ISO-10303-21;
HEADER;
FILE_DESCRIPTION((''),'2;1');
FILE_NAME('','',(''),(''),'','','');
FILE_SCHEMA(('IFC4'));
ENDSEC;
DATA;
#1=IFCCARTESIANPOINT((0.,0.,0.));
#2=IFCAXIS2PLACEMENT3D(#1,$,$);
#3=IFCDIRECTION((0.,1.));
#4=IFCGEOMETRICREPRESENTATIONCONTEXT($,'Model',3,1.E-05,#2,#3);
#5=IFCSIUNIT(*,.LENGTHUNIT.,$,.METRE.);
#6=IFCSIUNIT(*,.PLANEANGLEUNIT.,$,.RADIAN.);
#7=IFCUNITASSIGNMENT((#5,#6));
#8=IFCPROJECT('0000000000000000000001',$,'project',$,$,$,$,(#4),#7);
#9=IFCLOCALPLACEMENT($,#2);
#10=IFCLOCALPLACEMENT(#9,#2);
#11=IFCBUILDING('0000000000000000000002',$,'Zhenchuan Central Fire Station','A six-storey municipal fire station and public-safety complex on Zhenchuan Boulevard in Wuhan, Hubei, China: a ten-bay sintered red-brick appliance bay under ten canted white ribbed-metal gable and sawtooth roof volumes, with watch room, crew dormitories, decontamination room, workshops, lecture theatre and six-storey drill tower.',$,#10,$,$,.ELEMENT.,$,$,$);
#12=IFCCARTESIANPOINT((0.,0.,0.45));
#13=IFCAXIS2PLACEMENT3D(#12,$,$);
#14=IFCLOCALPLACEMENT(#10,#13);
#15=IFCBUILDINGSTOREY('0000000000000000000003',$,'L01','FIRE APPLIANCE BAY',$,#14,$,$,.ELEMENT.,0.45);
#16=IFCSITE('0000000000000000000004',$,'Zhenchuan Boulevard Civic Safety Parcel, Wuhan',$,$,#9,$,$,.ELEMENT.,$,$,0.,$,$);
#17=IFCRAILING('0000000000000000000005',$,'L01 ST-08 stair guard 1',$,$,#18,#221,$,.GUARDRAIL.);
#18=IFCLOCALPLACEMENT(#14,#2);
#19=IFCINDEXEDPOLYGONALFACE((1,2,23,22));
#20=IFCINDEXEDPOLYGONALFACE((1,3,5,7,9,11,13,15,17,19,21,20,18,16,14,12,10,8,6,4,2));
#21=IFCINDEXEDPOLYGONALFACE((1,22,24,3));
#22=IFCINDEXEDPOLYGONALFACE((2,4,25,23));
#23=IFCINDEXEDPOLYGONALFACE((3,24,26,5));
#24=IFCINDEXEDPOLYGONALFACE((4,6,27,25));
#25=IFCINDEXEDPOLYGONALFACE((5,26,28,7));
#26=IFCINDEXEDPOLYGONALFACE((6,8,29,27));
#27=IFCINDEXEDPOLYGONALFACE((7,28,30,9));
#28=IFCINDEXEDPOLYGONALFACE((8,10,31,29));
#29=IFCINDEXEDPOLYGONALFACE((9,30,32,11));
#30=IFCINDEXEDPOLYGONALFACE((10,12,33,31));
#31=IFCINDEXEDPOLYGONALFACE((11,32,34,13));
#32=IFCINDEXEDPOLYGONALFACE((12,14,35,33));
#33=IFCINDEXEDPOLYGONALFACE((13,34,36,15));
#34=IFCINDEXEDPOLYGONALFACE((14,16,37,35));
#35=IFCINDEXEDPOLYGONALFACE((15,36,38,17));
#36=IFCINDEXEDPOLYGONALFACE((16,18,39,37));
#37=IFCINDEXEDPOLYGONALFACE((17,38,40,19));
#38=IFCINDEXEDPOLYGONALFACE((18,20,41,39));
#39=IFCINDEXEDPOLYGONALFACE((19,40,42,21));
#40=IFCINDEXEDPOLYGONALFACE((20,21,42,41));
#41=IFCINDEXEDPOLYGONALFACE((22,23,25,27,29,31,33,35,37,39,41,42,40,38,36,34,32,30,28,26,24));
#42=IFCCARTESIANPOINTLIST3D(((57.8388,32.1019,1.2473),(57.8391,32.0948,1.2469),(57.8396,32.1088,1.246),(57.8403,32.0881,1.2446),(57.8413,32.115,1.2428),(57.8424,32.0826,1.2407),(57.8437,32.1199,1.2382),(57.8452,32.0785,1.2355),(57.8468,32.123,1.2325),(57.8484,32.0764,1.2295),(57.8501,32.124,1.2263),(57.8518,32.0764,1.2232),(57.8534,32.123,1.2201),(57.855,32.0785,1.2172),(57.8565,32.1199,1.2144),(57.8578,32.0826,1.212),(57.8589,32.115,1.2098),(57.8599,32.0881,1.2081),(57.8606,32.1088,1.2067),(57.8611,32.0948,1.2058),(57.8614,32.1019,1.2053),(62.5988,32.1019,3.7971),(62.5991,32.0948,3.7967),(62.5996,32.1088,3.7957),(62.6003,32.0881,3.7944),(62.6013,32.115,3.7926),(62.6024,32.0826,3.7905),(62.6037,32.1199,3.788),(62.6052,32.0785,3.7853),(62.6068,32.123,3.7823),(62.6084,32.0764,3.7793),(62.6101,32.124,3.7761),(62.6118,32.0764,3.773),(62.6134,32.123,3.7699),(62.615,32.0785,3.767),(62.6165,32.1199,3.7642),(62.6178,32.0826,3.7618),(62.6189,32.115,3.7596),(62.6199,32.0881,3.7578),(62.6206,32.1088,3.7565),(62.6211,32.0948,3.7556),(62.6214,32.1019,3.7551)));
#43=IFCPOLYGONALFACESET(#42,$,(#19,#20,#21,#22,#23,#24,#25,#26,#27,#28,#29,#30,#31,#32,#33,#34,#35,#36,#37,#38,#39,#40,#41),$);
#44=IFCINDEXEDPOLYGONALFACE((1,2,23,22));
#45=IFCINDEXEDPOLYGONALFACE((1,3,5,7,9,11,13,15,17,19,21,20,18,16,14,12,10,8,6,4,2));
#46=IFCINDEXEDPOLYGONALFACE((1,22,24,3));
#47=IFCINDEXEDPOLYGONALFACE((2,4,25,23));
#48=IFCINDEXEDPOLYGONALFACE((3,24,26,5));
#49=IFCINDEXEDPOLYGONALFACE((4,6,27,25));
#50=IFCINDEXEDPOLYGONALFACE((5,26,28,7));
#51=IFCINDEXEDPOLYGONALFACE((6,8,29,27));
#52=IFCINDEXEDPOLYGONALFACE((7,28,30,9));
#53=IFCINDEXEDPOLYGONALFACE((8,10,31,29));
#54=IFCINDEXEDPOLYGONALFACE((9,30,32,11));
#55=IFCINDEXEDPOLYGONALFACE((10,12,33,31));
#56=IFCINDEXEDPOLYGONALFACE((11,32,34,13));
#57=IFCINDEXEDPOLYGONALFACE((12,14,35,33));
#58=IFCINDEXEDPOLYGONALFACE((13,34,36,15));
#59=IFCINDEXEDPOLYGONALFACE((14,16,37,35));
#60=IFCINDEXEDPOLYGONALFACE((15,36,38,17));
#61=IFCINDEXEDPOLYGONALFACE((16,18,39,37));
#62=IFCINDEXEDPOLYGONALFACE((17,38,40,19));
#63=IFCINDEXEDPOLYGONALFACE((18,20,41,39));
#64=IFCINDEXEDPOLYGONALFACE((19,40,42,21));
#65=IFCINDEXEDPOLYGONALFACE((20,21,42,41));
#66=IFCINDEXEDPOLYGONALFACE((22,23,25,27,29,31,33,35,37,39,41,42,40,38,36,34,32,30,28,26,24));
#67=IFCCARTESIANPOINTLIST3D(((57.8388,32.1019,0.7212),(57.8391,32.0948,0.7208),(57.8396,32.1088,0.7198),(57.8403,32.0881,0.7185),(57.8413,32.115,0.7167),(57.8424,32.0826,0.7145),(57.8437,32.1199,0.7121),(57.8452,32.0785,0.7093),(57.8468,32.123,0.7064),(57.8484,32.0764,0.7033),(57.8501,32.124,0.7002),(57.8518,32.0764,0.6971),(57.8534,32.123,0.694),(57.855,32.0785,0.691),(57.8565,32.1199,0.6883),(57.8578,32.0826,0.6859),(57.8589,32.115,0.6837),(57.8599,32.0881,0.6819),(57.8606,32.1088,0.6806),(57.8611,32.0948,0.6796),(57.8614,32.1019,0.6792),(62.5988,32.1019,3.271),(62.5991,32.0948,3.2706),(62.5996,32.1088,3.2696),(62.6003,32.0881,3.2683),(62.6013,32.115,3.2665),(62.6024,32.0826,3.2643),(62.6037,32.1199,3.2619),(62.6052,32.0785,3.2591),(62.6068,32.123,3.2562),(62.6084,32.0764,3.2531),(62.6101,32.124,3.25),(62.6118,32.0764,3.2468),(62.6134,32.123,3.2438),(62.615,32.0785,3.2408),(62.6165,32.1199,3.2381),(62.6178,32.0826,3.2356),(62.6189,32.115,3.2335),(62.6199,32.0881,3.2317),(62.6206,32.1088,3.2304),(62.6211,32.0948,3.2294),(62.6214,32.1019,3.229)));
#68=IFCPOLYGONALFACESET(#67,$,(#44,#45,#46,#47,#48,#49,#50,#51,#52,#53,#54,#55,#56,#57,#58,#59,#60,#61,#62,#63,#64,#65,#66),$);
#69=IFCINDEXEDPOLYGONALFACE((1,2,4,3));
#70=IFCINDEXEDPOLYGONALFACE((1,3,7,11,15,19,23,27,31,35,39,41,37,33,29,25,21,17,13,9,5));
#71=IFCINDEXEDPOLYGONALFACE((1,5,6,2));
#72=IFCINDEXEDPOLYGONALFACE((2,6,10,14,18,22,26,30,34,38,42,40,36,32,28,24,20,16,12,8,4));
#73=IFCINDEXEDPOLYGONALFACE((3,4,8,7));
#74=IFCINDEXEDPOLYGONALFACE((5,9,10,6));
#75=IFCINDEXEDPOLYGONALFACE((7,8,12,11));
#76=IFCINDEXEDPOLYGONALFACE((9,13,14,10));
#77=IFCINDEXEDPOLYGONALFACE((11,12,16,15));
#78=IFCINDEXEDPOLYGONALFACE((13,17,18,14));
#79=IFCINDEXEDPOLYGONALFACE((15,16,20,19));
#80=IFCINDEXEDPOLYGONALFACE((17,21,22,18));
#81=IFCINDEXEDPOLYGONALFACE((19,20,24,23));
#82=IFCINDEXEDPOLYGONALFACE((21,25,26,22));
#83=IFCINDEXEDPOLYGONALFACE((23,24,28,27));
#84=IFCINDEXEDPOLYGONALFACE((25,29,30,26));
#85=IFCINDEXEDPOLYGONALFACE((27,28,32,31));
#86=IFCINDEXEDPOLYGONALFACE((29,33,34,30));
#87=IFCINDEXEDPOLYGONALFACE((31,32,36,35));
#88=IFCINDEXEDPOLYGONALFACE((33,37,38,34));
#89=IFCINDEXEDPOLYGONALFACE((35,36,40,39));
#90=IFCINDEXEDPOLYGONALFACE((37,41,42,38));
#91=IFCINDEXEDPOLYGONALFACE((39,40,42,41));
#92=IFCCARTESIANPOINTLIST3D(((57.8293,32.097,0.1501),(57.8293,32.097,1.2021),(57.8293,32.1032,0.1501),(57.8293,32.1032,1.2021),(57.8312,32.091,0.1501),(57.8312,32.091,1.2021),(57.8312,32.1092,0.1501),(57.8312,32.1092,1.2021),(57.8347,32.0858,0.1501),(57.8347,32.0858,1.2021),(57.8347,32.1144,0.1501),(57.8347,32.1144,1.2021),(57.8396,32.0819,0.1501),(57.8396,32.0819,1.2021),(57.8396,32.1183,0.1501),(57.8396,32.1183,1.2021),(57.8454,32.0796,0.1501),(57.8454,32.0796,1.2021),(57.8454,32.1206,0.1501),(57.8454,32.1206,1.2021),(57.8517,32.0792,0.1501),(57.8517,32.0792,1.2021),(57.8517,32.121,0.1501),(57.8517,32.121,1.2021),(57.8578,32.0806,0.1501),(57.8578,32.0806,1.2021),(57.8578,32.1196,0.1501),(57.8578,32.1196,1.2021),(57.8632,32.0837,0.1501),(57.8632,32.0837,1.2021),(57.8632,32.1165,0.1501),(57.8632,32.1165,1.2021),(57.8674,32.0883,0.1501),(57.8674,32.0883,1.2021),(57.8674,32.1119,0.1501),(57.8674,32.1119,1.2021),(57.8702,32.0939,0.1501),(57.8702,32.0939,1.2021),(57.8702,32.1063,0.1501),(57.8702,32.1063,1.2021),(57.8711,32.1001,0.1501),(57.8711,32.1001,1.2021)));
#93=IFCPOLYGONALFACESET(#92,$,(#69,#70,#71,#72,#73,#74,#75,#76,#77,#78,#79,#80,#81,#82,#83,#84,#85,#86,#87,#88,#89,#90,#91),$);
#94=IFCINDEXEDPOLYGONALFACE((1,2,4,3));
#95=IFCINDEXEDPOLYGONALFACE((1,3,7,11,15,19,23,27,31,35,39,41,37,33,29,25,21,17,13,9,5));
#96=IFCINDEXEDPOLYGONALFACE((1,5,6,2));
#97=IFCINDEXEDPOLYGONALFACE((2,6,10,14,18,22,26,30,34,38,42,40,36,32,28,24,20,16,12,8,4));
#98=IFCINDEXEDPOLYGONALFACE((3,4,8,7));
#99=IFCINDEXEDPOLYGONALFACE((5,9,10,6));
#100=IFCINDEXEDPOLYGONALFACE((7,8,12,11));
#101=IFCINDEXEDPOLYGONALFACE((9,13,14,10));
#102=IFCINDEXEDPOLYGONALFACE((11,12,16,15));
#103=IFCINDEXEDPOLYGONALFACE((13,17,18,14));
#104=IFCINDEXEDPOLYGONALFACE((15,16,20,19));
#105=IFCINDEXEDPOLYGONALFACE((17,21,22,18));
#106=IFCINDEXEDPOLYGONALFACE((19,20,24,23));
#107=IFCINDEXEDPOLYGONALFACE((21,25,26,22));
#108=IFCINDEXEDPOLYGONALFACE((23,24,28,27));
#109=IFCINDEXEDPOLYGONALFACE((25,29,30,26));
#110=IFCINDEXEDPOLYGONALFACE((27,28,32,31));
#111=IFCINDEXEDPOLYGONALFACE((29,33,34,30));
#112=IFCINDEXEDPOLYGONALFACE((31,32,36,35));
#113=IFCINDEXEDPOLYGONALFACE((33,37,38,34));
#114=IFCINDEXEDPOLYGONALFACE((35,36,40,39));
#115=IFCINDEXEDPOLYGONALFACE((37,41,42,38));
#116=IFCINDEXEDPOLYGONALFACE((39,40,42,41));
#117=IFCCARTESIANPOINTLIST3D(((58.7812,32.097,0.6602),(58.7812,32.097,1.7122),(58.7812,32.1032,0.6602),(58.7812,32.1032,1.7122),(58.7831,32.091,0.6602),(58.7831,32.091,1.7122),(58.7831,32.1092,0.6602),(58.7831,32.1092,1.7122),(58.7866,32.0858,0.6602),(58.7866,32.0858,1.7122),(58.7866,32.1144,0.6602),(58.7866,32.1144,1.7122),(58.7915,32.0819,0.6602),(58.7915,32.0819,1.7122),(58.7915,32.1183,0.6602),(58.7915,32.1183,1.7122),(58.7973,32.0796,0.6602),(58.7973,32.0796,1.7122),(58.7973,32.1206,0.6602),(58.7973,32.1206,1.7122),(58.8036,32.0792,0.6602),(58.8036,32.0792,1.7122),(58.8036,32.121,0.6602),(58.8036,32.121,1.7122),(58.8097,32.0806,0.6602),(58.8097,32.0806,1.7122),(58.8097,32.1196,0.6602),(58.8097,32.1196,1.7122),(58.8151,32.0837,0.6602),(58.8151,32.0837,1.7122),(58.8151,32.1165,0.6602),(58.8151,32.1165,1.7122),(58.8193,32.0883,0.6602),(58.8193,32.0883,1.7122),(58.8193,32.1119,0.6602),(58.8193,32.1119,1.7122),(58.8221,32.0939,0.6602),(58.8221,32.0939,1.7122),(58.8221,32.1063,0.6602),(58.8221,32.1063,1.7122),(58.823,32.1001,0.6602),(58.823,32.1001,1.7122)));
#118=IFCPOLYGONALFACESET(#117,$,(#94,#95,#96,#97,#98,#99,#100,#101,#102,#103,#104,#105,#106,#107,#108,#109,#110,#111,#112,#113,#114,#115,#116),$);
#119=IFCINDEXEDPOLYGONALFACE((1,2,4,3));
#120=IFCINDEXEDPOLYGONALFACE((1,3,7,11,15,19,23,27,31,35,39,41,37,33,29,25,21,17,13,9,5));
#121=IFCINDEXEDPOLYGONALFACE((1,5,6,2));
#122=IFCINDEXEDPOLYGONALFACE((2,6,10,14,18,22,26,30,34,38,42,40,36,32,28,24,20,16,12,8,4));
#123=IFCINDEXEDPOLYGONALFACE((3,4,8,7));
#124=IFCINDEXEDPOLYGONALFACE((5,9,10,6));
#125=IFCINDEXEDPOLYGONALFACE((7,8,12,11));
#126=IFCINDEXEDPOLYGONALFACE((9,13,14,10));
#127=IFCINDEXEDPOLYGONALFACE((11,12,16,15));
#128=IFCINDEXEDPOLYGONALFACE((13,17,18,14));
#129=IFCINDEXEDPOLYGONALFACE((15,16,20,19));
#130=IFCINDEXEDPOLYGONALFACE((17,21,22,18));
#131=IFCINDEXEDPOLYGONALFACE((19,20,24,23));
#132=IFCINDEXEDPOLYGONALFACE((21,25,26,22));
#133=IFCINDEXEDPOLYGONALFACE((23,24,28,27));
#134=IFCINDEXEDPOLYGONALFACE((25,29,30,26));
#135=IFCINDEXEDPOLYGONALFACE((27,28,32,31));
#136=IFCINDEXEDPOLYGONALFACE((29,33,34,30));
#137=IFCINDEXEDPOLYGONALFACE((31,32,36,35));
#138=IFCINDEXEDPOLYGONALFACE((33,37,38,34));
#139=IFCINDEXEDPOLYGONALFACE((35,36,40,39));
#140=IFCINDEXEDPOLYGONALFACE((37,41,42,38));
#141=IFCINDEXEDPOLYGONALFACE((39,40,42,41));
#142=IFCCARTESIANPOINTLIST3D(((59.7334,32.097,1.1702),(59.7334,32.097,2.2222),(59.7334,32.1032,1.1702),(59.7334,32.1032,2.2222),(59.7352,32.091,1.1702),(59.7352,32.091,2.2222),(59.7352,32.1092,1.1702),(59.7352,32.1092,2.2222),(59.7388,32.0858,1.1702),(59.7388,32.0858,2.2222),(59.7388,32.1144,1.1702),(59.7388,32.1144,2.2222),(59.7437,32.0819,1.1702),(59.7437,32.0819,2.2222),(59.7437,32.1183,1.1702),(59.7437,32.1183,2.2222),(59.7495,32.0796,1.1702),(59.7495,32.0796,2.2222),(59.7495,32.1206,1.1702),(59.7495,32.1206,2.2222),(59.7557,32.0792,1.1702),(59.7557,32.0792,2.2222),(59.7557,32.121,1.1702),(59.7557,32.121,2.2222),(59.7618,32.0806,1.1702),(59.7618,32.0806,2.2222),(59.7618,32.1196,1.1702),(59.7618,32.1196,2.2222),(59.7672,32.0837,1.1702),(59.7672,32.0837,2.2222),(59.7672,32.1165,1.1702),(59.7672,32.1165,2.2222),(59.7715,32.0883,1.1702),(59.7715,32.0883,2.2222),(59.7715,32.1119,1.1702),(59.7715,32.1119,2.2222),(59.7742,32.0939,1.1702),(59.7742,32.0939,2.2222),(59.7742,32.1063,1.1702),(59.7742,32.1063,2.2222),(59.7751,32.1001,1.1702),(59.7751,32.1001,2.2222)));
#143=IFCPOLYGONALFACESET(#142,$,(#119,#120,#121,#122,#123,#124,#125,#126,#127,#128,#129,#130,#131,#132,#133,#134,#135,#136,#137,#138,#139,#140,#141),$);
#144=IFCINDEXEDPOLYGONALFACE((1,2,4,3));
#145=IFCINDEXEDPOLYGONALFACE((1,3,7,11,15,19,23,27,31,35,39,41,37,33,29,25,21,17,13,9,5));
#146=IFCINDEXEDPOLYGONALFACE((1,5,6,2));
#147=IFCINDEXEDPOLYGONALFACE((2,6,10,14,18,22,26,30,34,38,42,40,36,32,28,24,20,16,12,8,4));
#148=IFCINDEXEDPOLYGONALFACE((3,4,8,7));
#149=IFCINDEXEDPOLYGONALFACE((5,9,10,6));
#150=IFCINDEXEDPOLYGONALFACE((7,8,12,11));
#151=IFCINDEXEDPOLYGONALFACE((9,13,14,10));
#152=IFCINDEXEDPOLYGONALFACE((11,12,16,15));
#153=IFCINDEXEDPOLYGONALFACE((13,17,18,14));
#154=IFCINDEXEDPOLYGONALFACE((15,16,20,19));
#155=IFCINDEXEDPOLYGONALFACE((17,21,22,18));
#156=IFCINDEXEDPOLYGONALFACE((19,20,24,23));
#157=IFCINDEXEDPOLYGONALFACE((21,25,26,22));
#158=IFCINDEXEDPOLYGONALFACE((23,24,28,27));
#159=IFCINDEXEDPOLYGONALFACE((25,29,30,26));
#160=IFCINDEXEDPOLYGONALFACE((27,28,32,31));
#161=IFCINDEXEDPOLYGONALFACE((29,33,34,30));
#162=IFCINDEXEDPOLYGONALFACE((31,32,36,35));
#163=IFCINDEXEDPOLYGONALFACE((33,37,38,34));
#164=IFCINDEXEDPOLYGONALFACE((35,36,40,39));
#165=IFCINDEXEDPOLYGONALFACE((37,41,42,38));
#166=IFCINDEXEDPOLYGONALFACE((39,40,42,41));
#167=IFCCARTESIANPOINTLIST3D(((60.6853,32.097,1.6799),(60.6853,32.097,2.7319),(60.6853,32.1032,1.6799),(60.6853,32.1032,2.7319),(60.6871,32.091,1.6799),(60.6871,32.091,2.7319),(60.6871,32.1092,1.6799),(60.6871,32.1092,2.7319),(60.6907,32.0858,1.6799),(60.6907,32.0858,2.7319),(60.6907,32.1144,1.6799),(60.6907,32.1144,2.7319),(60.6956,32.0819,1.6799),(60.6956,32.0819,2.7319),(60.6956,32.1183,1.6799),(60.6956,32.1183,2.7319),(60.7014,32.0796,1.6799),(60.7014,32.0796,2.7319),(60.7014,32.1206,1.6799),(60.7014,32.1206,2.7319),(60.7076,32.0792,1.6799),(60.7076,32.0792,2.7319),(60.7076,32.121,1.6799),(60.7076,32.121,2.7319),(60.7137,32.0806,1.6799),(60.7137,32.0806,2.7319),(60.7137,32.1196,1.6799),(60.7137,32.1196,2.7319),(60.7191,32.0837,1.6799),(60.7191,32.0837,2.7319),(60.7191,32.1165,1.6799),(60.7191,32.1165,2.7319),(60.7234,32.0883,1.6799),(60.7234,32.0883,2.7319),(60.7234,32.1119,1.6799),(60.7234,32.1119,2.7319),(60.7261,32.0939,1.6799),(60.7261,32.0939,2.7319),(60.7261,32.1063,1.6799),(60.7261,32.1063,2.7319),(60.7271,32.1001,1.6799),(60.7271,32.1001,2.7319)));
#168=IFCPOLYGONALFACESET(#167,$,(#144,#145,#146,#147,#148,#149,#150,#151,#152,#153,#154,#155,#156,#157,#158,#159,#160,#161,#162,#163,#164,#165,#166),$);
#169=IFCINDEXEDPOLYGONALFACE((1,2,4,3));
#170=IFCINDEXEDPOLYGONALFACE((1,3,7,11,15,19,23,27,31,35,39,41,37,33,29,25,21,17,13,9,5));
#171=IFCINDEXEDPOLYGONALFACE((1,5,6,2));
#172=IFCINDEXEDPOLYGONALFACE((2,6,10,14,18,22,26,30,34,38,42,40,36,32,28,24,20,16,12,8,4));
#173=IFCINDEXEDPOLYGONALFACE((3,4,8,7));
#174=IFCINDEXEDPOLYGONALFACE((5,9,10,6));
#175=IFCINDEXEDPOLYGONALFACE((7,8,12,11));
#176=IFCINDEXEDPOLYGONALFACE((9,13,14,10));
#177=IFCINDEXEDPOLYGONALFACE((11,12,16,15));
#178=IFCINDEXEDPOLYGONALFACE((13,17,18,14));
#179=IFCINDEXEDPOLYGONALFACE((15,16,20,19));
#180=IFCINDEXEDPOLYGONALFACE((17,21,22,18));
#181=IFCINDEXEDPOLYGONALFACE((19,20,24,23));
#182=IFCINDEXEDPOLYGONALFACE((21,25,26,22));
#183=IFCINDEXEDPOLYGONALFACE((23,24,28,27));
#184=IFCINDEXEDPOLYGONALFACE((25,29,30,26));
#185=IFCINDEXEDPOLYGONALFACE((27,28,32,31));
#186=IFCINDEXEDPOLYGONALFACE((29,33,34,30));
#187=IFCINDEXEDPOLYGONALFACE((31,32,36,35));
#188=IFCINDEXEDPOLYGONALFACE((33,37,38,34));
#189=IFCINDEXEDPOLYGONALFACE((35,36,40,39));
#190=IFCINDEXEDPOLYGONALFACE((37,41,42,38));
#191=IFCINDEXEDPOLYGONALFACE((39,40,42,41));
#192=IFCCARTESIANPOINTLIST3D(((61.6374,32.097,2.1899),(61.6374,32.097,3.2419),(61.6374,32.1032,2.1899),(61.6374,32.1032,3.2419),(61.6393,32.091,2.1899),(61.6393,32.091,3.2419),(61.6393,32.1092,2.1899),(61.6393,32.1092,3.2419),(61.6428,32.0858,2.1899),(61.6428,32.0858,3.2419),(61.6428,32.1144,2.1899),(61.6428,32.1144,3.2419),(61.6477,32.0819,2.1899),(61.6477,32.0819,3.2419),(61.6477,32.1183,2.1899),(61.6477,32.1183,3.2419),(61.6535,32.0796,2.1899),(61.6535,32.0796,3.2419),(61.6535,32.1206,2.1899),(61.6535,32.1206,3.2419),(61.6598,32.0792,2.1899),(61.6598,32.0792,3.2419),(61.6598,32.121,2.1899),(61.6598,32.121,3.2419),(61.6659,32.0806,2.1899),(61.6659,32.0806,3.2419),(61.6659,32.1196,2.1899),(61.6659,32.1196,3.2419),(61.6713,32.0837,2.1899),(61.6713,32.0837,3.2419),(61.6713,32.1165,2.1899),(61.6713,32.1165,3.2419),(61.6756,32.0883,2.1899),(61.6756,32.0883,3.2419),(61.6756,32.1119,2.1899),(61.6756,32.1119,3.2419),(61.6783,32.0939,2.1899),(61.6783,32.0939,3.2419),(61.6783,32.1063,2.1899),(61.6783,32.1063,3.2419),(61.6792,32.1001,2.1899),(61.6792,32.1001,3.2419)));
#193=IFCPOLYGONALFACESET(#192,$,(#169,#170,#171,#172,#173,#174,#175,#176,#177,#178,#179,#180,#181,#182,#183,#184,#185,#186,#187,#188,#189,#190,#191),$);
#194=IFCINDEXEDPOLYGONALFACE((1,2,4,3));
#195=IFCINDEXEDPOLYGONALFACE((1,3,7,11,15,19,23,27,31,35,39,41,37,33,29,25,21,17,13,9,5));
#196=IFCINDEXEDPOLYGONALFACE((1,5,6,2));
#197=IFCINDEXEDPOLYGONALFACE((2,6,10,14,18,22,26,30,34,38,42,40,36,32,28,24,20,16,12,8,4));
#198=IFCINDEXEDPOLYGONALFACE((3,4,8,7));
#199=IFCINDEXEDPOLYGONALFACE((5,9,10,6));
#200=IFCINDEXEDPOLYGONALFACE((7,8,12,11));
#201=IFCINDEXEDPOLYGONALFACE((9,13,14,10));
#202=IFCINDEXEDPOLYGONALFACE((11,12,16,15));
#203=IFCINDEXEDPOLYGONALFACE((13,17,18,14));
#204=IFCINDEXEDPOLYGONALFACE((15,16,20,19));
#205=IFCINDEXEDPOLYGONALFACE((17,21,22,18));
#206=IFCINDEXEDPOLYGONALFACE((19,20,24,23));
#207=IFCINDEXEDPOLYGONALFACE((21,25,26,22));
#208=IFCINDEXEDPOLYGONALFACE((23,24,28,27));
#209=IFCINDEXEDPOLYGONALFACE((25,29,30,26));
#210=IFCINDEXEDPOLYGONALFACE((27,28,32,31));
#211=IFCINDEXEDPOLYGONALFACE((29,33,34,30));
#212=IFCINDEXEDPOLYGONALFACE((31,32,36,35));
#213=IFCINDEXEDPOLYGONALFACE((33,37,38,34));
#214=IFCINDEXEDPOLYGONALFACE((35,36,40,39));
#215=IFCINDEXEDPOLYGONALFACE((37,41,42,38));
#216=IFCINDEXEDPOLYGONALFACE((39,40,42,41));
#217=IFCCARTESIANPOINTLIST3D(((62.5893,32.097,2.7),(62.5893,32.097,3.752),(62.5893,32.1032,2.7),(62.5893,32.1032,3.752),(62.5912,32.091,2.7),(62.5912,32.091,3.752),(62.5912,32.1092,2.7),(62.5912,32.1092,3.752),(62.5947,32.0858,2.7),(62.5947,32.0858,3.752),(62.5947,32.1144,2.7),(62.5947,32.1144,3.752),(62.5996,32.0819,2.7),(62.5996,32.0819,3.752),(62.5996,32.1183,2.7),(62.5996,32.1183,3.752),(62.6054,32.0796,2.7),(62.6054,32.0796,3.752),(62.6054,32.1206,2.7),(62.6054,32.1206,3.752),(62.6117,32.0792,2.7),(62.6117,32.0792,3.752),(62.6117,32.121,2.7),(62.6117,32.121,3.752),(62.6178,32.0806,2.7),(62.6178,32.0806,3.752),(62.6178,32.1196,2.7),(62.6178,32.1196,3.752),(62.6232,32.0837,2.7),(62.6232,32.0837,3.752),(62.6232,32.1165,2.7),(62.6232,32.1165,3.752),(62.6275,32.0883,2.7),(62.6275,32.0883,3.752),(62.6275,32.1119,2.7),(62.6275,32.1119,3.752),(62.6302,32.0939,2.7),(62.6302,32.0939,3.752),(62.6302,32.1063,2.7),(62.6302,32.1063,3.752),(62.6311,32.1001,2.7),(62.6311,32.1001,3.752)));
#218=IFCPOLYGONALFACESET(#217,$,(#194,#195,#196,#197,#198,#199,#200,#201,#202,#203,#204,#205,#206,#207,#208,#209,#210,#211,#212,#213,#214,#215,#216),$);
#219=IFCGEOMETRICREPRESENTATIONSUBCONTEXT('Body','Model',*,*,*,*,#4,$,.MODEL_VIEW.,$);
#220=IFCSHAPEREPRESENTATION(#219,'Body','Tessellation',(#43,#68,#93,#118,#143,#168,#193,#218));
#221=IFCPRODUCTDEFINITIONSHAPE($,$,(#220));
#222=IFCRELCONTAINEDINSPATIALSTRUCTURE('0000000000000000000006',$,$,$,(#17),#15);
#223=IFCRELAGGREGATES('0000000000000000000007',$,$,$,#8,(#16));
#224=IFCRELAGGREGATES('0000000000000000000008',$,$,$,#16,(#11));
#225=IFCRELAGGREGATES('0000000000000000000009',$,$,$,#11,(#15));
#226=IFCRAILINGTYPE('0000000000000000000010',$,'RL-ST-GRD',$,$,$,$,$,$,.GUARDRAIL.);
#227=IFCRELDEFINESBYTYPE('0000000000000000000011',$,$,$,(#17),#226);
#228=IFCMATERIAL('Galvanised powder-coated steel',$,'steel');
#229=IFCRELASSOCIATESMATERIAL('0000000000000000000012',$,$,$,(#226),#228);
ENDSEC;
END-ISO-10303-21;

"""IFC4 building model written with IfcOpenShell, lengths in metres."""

from ifc_helpers import new_model, si_unit, direction, frame, origin, origin_2d, place, context, subcontext, project, spatial, circle, extrude, material, type_object, element, save


model = new_model("IFC4")

# Units and contexts
model_context = context("Model", 3, precision=1e-05, world=origin(), true_north=direction((0.0, 1.0)))
body_context = subcontext(model_context, "Body", "Model", "MODEL_VIEW")
ifc_project = project(units=[si_unit("LENGTHUNIT", "METRE"), si_unit("PLANEANGLEUNIT", "RADIAN")], contexts=[model_context])

# Site, building, storey
site_placement = place(None, origin())
site = spatial("IfcSite", under=ifc_project, at=site_placement, Name="Zhenchuan Boulevard Civic Safety Parcel, Wuhan", CompositionType="ELEMENT", RefElevation=0.0)
building_placement = place(site_placement, origin())
building = spatial("IfcBuilding", under=site, at=building_placement, Name="Zhenchuan Central Fire Station", Description="A six-storey municipal fire station and public-safety complex on Zhenchuan Boulevard in Wuhan, Hubei, China: a ten-bay sintered red-brick appliance bay under ten canted white ribbed-metal gable and sawtooth roof volumes, with watch room, crew dormitories, decontamination room, workshops, lecture theatre and six-storey drill tower.", CompositionType="ELEMENT")
storey_placement = place(building_placement, frame((0.0, 0.0, 0.45)))
storey = spatial("IfcBuildingStorey", under=building, at=storey_placement, Name="L01", Description="FIRE APPLIANCE BAY", CompositionType="ELEMENT", Elevation=0.45)

# Railing
ifc_material_1 = material(Name="Galvanised powder-coated steel", Category="steel")
railing_type_1 = type_object("IfcRailingType", Name="RL-ST-GRD", PredefinedType="GUARDRAIL", material=ifc_material_1)
railing_1_placement = place(storey_placement, frame((57.8501, 32.1001, 0.1501)))
element("IfcRailing", 1, at=railing_1_placement, inside=storey, type_object=railing_type_1, Name="L01 ST-08 stair guard 1", PredefinedType="GUARDRAIL", context=body_context, shape_type="SweptSolid", body=[
    extrude(circle(Radius=0.0239, at=origin_2d()), frame((0.0, 0.0, 1.0762), z_axis=(0.881495, 0.0, 0.472193), x_axis=(0.0, 1.0, 0.0)), (0.0, 0.0, 1.0), 5.3999),
    extrude(circle(Radius=0.0239, at=origin_2d()), frame((0.0, 0.0, 0.55), z_axis=(0.881495, 0.0, 0.472193), x_axis=(0.0, 1.0, 0.0)), (0.0, 0.0, 1.0), 5.3999),
    extrude(circle(Radius=0.021, at=origin_2d()), origin(), (0.0, 0.0, 1.0), 1.052),
    extrude(circle(Radius=0.021, at=origin_2d()), frame((0.9519, 0.0, 0.51)), (0.0, 0.0, 1.0), 1.052),
    extrude(circle(Radius=0.021, at=origin_2d()), frame((1.9041, 0.0, 1.02)), (0.0, 0.0, 1.0), 1.052),
    extrude(circle(Radius=0.021, at=origin_2d()), frame((2.856, 0.0, 1.5298)), (0.0, 0.0, 1.0), 1.052),
    extrude(circle(Radius=0.021, at=origin_2d()), frame((3.8081, 0.0, 2.0398)), (0.0, 0.0, 1.0), 1.052),
    extrude(circle(Radius=0.021, at=origin_2d()), frame((4.76, 0.0, 2.5498)), (0.0, 0.0, 1.0), 1.052),
])

save(model, "model.ifc")
